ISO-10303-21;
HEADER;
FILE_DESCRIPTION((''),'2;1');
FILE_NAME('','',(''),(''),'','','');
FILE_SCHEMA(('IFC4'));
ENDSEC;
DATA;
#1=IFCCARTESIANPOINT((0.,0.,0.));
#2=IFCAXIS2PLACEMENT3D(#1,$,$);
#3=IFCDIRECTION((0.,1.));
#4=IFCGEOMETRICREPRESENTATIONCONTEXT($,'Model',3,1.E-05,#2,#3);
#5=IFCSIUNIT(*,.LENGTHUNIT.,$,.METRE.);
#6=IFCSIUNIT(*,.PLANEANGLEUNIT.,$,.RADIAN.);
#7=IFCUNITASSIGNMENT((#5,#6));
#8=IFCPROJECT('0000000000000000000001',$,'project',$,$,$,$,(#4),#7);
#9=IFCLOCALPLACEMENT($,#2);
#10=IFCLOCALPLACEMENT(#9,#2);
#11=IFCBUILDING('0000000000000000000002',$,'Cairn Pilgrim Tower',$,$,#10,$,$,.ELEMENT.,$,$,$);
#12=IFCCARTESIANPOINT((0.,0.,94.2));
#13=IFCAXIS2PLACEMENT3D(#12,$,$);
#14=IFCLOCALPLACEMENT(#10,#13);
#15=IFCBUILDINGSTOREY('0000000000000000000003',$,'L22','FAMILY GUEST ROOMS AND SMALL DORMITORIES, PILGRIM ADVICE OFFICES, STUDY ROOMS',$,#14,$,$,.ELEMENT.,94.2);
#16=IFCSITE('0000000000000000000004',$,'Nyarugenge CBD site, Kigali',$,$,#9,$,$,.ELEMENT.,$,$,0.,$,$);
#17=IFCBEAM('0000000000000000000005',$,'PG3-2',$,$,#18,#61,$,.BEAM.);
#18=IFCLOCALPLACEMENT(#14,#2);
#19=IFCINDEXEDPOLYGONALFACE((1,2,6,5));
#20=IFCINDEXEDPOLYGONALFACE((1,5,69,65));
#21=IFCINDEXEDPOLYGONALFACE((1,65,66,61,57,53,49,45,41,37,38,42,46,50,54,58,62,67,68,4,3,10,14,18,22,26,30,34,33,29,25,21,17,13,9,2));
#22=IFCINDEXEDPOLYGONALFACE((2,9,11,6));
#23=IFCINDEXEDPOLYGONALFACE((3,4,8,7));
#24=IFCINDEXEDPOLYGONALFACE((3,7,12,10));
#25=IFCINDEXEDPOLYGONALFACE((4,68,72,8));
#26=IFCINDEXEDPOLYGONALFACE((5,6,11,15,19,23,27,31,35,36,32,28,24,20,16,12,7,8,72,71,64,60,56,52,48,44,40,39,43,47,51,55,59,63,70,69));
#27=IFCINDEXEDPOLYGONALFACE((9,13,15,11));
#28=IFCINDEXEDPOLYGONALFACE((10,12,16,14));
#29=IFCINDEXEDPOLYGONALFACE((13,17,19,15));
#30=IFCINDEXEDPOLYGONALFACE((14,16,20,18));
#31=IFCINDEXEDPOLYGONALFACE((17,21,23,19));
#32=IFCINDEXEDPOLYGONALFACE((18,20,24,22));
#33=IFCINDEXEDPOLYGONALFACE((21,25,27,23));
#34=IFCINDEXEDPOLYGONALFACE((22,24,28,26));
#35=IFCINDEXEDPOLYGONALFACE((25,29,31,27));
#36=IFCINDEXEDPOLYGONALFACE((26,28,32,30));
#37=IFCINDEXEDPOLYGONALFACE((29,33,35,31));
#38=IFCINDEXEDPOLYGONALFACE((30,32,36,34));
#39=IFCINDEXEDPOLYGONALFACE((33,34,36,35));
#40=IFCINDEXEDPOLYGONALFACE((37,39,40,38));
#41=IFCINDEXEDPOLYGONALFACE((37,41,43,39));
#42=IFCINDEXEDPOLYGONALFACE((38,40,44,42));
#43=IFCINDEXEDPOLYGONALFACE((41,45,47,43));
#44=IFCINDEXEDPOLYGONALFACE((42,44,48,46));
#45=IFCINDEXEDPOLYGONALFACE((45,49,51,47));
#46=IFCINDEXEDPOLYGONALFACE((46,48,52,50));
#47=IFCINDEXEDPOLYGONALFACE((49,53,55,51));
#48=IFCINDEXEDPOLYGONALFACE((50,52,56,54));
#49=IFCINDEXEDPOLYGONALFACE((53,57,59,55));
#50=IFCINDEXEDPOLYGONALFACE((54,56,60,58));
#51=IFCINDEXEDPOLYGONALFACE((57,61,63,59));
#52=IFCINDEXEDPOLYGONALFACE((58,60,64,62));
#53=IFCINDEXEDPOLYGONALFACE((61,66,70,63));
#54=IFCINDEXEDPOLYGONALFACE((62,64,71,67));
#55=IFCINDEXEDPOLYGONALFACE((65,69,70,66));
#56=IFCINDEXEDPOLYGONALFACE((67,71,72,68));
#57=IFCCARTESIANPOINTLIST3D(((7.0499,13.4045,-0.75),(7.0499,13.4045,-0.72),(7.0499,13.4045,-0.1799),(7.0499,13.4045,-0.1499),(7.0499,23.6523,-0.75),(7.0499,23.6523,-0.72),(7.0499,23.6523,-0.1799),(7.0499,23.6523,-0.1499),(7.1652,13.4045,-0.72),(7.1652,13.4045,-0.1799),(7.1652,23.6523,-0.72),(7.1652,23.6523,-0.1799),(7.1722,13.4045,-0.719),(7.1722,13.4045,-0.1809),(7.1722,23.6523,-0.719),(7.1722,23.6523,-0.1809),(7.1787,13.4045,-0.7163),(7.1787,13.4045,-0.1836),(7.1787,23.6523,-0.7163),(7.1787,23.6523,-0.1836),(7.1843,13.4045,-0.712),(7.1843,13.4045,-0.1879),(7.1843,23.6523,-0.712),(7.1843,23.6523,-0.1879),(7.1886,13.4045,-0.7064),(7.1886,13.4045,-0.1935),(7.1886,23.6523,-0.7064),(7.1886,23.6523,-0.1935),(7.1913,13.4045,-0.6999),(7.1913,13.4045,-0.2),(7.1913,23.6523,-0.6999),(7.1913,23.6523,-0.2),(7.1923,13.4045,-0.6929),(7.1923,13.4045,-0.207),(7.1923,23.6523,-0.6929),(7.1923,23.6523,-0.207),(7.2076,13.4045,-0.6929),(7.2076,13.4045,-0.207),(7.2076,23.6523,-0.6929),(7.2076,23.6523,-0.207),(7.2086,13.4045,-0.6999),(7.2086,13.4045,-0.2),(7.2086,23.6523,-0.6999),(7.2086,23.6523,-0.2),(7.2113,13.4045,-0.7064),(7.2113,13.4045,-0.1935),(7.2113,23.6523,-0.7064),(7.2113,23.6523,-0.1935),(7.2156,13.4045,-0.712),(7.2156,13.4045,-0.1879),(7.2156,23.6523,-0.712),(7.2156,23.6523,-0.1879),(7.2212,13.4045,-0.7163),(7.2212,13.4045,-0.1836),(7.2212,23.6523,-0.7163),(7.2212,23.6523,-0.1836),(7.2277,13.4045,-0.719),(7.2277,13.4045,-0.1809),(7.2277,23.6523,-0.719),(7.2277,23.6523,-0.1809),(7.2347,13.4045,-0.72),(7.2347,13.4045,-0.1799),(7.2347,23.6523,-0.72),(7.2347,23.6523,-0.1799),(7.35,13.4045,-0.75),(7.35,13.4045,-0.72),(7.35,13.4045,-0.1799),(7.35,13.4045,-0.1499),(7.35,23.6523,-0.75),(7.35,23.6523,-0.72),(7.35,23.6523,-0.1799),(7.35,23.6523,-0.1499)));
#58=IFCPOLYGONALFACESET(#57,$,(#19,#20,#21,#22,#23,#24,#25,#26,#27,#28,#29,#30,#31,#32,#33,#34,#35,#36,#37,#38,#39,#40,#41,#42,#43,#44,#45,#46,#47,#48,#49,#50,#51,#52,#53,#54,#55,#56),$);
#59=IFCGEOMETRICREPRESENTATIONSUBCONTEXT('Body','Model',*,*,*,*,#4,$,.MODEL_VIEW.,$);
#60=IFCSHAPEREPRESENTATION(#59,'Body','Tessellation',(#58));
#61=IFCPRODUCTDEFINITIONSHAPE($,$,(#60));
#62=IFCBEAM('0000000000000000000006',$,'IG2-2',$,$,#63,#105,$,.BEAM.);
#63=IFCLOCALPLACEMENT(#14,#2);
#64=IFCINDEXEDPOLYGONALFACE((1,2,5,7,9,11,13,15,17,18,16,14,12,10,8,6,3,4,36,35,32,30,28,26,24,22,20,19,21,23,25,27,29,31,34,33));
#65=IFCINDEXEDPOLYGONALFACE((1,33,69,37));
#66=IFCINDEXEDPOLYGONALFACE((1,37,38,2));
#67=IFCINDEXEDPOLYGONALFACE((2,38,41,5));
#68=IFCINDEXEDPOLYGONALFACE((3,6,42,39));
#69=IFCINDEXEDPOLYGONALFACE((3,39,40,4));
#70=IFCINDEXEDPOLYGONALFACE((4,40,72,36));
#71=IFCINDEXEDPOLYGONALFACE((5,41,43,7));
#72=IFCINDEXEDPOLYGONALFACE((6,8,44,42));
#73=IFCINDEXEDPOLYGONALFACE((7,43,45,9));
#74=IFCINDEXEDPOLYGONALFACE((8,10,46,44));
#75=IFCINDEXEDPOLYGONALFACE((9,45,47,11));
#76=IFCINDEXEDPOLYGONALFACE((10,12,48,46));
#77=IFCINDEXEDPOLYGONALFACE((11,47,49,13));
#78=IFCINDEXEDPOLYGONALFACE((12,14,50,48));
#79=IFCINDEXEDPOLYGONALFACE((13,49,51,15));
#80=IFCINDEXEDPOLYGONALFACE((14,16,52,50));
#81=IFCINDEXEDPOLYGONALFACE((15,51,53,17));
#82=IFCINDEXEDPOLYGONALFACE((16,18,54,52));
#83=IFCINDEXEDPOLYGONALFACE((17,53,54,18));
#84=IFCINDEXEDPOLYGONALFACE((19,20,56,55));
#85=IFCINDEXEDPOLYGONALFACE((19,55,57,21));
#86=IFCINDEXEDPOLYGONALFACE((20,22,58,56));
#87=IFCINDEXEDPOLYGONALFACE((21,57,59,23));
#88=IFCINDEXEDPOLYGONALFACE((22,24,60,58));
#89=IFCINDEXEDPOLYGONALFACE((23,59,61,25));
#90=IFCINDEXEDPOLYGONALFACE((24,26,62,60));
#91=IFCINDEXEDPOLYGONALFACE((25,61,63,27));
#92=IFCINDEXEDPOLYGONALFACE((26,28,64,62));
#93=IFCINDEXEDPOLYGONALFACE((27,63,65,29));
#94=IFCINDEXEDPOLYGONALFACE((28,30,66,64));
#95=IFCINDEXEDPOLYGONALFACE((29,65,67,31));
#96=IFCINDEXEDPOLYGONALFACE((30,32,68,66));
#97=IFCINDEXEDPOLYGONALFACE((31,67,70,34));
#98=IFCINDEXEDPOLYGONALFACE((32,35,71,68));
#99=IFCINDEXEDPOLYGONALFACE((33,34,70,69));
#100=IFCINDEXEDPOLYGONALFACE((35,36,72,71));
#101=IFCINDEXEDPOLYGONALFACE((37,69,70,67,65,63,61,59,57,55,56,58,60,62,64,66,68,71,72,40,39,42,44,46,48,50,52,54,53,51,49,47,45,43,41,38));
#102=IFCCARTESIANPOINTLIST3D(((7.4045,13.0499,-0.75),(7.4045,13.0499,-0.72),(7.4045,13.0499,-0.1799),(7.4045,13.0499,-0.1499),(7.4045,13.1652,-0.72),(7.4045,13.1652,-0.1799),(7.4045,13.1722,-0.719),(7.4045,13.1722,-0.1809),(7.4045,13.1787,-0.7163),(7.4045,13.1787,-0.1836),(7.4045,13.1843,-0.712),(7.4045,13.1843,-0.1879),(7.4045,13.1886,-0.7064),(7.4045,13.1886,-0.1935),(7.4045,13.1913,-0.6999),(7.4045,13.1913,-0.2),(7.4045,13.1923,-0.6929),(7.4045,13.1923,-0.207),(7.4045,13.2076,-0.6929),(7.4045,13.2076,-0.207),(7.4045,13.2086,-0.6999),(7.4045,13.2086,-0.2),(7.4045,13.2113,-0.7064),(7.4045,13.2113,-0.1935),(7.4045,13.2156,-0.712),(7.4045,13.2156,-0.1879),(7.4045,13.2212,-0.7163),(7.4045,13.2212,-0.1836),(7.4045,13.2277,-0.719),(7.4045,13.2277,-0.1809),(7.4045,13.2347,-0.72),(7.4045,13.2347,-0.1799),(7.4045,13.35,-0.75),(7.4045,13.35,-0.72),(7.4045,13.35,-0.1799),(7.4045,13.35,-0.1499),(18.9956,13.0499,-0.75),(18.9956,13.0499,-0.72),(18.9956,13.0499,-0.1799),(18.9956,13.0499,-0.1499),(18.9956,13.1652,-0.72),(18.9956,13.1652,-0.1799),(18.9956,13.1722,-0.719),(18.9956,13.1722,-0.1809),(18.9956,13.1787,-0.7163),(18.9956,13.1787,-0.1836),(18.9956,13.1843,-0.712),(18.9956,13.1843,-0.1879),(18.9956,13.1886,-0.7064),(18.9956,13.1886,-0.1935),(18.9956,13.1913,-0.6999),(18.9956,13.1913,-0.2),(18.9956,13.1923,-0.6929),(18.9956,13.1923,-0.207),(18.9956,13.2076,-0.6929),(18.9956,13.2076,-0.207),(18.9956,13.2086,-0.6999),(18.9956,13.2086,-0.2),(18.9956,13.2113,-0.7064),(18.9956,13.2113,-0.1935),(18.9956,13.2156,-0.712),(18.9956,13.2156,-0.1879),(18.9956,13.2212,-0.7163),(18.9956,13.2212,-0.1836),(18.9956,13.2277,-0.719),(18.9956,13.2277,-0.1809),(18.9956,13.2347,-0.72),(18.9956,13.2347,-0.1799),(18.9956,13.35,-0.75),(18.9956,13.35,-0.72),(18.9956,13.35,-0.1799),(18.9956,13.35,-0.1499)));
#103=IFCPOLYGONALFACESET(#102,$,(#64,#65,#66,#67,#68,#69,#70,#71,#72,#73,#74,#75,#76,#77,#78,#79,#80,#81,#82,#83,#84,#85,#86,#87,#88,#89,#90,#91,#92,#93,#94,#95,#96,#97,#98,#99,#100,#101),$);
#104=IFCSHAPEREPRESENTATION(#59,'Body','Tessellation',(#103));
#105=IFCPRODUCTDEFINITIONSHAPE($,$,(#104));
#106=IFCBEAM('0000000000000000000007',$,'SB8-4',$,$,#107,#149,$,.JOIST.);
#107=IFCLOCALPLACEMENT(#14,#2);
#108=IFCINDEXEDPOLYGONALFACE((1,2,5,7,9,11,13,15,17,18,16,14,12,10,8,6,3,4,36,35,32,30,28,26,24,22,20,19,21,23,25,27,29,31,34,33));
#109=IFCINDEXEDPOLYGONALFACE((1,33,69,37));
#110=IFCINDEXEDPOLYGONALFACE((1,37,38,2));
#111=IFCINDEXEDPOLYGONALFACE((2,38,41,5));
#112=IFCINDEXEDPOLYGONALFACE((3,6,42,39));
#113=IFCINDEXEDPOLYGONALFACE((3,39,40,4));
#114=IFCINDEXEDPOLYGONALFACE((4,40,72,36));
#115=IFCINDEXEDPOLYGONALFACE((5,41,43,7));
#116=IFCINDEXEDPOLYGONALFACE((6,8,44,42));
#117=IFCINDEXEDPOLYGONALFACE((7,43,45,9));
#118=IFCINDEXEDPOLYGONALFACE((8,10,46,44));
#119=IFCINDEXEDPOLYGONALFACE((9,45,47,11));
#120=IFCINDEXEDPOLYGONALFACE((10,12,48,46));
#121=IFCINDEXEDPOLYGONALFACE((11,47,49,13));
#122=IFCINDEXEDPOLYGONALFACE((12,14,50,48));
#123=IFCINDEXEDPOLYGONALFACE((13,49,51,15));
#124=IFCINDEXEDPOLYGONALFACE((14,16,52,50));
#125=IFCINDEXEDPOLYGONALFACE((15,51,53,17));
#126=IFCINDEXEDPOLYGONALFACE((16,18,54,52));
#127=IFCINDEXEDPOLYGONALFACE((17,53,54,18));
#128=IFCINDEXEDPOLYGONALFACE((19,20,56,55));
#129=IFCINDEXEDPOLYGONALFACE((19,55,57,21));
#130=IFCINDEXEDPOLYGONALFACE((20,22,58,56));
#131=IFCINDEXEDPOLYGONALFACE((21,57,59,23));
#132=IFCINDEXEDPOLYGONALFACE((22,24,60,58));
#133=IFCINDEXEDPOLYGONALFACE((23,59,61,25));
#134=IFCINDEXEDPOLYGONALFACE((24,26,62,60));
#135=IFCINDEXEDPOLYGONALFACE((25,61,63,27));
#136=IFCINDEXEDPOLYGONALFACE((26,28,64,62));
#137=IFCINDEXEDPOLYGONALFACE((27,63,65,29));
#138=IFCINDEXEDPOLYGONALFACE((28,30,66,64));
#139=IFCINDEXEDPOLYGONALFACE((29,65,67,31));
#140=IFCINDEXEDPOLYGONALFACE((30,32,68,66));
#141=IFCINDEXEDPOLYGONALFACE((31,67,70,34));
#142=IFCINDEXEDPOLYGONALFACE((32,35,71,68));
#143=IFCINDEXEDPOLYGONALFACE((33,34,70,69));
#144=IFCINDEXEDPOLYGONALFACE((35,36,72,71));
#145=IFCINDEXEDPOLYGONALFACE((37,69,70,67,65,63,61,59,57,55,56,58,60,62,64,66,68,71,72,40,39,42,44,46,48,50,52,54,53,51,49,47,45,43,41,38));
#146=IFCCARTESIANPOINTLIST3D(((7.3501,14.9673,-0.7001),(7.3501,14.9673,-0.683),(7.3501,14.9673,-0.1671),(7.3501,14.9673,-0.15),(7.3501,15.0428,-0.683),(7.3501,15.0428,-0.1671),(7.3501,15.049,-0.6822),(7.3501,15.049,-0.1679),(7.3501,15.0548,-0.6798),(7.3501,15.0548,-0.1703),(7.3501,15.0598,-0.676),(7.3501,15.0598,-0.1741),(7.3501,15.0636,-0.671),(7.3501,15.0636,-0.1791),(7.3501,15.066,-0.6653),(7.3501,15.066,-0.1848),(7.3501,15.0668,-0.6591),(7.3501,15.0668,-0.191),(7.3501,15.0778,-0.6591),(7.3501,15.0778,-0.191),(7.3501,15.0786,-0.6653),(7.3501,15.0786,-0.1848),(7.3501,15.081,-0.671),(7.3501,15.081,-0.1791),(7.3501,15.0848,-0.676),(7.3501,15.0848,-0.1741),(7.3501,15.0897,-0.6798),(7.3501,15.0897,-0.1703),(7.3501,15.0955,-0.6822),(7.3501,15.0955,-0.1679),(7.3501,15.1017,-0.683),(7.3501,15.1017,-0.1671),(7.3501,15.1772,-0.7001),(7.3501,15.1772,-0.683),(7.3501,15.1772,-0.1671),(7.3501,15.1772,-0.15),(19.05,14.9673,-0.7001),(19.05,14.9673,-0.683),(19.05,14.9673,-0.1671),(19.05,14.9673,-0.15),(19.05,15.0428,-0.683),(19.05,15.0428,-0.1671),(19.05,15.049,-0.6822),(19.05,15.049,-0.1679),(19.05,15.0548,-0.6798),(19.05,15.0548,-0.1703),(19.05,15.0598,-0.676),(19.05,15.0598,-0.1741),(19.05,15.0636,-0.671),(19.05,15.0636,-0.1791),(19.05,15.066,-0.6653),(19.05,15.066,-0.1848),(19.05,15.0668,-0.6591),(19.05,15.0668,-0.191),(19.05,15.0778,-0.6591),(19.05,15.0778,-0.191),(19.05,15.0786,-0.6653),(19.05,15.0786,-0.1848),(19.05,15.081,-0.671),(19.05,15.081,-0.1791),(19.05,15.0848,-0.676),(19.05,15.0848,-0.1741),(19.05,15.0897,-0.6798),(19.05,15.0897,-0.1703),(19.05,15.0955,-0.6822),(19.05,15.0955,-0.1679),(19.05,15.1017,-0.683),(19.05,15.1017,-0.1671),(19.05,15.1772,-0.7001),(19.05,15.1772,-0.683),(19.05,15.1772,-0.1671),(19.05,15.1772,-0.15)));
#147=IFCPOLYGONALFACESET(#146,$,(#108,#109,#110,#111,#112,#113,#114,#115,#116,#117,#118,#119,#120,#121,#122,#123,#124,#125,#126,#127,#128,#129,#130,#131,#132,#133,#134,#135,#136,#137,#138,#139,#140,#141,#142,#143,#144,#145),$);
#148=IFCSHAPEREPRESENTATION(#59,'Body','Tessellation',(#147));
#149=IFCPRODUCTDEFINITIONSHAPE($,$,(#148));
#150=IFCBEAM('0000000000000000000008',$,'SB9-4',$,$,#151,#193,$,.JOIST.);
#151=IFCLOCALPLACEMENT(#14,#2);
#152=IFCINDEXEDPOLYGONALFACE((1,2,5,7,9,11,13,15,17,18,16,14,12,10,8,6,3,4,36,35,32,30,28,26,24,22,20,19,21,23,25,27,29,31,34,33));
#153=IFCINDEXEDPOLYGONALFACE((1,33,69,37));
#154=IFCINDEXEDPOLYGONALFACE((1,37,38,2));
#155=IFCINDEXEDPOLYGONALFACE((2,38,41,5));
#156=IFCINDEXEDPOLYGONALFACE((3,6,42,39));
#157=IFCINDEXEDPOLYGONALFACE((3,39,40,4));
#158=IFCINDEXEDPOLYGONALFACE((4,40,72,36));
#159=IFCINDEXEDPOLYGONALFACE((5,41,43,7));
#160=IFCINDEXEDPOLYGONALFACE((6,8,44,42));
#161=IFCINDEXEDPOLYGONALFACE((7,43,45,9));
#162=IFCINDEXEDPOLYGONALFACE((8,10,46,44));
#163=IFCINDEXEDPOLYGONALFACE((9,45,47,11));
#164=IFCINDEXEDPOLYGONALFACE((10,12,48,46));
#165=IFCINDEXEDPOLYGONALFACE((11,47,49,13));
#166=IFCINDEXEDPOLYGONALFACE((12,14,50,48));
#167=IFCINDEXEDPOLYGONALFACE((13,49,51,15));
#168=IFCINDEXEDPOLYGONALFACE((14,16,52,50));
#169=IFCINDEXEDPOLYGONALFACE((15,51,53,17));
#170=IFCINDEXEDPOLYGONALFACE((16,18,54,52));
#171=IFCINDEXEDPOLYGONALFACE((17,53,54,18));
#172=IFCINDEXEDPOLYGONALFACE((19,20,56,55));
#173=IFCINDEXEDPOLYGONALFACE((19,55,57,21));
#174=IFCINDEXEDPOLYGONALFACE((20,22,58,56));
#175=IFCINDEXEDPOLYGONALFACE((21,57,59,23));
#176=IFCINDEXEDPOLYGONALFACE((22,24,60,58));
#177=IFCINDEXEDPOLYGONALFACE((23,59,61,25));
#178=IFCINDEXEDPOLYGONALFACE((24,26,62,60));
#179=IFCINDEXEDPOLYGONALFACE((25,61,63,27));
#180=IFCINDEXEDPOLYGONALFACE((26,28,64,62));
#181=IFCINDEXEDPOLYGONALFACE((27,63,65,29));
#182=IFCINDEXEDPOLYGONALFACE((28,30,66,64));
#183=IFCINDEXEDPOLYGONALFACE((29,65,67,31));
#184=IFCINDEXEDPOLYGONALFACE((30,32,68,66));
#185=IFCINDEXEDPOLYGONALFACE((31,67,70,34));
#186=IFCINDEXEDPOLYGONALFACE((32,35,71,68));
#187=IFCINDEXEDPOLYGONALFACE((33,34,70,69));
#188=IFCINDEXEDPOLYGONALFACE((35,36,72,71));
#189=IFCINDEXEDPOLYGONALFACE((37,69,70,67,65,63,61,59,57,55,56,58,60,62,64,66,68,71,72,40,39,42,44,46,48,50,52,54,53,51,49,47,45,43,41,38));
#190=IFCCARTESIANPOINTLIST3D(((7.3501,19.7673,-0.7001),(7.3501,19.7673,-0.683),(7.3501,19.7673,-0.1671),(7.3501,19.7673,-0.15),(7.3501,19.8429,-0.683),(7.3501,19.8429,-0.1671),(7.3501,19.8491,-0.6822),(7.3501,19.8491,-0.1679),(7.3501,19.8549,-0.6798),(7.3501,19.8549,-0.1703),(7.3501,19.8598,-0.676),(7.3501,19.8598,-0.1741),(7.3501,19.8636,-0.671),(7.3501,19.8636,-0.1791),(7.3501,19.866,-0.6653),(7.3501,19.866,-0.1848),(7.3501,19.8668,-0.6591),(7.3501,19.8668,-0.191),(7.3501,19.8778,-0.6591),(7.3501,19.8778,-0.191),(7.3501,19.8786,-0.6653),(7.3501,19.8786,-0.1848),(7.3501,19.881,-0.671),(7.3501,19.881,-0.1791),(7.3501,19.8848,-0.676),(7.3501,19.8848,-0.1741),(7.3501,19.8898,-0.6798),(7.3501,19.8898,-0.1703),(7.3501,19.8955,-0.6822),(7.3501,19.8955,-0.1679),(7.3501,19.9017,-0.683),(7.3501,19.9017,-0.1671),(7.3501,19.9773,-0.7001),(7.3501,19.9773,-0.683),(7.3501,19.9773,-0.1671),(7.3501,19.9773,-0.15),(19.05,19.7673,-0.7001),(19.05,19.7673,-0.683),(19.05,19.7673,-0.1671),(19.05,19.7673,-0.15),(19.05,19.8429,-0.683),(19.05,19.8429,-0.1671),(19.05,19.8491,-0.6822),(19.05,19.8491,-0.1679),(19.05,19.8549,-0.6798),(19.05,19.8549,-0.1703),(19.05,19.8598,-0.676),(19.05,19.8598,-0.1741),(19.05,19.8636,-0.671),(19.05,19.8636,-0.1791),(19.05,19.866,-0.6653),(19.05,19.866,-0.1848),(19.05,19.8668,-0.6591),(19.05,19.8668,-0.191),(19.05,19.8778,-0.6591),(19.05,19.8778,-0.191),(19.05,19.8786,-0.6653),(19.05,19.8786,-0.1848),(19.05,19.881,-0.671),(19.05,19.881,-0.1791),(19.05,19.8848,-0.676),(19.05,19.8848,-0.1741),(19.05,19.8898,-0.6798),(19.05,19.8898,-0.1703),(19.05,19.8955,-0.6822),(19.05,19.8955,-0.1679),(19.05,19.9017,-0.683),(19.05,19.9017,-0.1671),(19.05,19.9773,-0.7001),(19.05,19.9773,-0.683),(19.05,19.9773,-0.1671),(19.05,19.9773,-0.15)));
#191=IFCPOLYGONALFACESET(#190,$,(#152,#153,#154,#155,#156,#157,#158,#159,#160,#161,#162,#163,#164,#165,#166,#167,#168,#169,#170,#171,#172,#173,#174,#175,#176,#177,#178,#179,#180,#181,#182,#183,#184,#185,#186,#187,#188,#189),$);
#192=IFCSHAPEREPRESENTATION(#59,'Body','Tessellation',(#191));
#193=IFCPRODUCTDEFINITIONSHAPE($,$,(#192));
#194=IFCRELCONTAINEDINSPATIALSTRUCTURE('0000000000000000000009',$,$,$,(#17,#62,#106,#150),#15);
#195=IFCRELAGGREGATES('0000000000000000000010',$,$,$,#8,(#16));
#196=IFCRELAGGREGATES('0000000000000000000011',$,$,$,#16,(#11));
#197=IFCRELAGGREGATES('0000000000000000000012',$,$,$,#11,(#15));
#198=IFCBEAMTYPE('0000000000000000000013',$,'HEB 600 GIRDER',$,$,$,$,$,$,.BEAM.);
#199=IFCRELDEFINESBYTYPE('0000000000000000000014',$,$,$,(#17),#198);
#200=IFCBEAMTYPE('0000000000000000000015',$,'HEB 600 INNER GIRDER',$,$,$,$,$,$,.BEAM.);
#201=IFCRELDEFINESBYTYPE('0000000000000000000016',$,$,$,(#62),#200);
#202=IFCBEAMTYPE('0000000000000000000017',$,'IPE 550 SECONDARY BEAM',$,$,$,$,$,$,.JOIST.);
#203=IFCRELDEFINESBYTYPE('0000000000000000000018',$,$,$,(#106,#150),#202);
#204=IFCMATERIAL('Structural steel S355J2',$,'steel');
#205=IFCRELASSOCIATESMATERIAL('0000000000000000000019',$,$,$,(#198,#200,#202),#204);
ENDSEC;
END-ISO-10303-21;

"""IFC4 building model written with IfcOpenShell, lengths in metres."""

from ifc_helpers import new_model, si_unit, direction, frame, origin, origin_2d, place, context, subcontext, project, spatial, i_section, extrude, material, material_profile, profile_set, type_object, element, save


model = new_model("IFC4")

# Units and contexts
model_context = context("Model", 3, precision=1e-05, world=origin(), true_north=direction((0.0, 1.0)))
body_context = subcontext(model_context, "Body", "Model", "MODEL_VIEW")
ifc_project = project(units=[si_unit("LENGTHUNIT", "METRE"), si_unit("PLANEANGLEUNIT", "RADIAN")], contexts=[model_context])

# Site, building, storey
site_placement = place(None, origin())
site = spatial("IfcSite", under=ifc_project, at=site_placement, Name="Nyarugenge CBD site, Kigali", CompositionType="ELEMENT", RefElevation=0.0)
building_placement = place(site_placement, origin())
building = spatial("IfcBuilding", under=site, at=building_placement, Name="Cairn Pilgrim Tower", CompositionType="ELEMENT")
storey_placement = place(building_placement, frame((0.0, 0.0, 94.2)))
storey = spatial("IfcBuildingStorey", under=building, at=storey_placement, Name="L22", Description="FAMILY GUEST ROOMS AND SMALL DORMITORIES, PILGRIM ADVICE OFFICES, STUDY ROOMS", CompositionType="ELEMENT", Elevation=94.2)

# Beams
ifc_material_1 = material(Name="Structural steel S355J2", Category="steel")
ifc_material_profile_1 = material_profile(ifc_material_1, i_section(OverallWidth=0.3, OverallDepth=0.6001, WebThickness=0.0154, FlangeThickness=0.03, FilletRadius=0.0271, at=origin_2d()), Name="HEB 600")
ifc_profile_set_1 = profile_set([ifc_material_profile_1], Name="Structural steel S355J2")
beam_type_1 = type_object("IfcBeamType", Name="HEB 600 GIRDER", PredefinedType="BEAM", material=ifc_profile_set_1)
beam_1_placement = place(storey_placement, frame((7.2, 13.4045, -0.45), z_axis=(0.0, 1.0, 0.0), x_axis=(-1.0, 0.0, 0.0)))
element("IfcBeam", 1, at=beam_1_placement, inside=storey, type_object=beam_type_1, Name="PG3-2", PredefinedType="BEAM", context=body_context, shape_type="SweptSolid", body=[
    extrude(i_section(OverallWidth=0.3, OverallDepth=0.6001, WebThickness=0.0154, FlangeThickness=0.03, FilletRadius=0.0271, at=origin_2d()), origin(), (0.0, 0.0, 1.0), 10.2478),
])
ifc_material_profile_2 = material_profile(ifc_material_1, i_section(OverallWidth=0.3, OverallDepth=0.6001, WebThickness=0.0154, FlangeThickness=0.03, FilletRadius=0.0271, at=origin_2d()), Name="HEB 600")
ifc_profile_set_2 = profile_set([ifc_material_profile_2], Name="Structural steel S355J2")
beam_type_2 = type_object("IfcBeamType", Name="HEB 600 INNER GIRDER", PredefinedType="BEAM", material=ifc_profile_set_2)
beam_2_placement = place(storey_placement, frame((7.4045, 13.2, -0.45), z_axis=(1.0, 0.0, 0.0), x_axis=(0.0, 1.0, 0.0)))
element("IfcBeam", 2, at=beam_2_placement, inside=storey, type_object=beam_type_2, Name="IG2-2", PredefinedType="BEAM", context=body_context, shape_type="SweptSolid", body=[
    extrude(i_section(OverallWidth=0.3, OverallDepth=0.6001, WebThickness=0.0154, FlangeThickness=0.03, FilletRadius=0.0271, at=origin_2d()), origin(), (0.0, 0.0, 1.0), 11.5911),
])
ifc_material_profile_3 = material_profile(ifc_material_1, i_section(OverallWidth=0.21, OverallDepth=0.55, WebThickness=0.011, FlangeThickness=0.0171, FilletRadius=0.0239, at=origin_2d()), Name="IPE 550")
ifc_profile_set_3 = profile_set([ifc_material_profile_3], Name="Structural steel S355J2")
beam_type_3 = type_object("IfcBeamType", Name="IPE 550 SECONDARY BEAM", PredefinedType="JOIST", material=ifc_profile_set_3)
for number, where, z_axis, x_axis, name in (
    (3, (7.3501, 15.0723, -0.425), (1.0, 0.0, 0.0), (0.0, 1.0, 0.0), "SB8-4"),
    (4, (7.3501, 19.8723, -0.425), (1.0, 0.0, 0.0), (0.0, 1.0, 0.0), "SB9-4"),
):
    element("IfcBeam", number, at=place(storey_placement, frame(where, z_axis=z_axis, x_axis=x_axis)), inside=storey, type_object=beam_type_3, Name=name, PredefinedType="JOIST", context=body_context, shape_type="SweptSolid", body=[
        extrude(i_section(OverallWidth=0.21, OverallDepth=0.55, WebThickness=0.011, FlangeThickness=0.0171, FilletRadius=0.0239, at=origin_2d()), origin(), (0.0, 0.0, 1.0), 11.7),
    ])

save(model, "model.ifc")
